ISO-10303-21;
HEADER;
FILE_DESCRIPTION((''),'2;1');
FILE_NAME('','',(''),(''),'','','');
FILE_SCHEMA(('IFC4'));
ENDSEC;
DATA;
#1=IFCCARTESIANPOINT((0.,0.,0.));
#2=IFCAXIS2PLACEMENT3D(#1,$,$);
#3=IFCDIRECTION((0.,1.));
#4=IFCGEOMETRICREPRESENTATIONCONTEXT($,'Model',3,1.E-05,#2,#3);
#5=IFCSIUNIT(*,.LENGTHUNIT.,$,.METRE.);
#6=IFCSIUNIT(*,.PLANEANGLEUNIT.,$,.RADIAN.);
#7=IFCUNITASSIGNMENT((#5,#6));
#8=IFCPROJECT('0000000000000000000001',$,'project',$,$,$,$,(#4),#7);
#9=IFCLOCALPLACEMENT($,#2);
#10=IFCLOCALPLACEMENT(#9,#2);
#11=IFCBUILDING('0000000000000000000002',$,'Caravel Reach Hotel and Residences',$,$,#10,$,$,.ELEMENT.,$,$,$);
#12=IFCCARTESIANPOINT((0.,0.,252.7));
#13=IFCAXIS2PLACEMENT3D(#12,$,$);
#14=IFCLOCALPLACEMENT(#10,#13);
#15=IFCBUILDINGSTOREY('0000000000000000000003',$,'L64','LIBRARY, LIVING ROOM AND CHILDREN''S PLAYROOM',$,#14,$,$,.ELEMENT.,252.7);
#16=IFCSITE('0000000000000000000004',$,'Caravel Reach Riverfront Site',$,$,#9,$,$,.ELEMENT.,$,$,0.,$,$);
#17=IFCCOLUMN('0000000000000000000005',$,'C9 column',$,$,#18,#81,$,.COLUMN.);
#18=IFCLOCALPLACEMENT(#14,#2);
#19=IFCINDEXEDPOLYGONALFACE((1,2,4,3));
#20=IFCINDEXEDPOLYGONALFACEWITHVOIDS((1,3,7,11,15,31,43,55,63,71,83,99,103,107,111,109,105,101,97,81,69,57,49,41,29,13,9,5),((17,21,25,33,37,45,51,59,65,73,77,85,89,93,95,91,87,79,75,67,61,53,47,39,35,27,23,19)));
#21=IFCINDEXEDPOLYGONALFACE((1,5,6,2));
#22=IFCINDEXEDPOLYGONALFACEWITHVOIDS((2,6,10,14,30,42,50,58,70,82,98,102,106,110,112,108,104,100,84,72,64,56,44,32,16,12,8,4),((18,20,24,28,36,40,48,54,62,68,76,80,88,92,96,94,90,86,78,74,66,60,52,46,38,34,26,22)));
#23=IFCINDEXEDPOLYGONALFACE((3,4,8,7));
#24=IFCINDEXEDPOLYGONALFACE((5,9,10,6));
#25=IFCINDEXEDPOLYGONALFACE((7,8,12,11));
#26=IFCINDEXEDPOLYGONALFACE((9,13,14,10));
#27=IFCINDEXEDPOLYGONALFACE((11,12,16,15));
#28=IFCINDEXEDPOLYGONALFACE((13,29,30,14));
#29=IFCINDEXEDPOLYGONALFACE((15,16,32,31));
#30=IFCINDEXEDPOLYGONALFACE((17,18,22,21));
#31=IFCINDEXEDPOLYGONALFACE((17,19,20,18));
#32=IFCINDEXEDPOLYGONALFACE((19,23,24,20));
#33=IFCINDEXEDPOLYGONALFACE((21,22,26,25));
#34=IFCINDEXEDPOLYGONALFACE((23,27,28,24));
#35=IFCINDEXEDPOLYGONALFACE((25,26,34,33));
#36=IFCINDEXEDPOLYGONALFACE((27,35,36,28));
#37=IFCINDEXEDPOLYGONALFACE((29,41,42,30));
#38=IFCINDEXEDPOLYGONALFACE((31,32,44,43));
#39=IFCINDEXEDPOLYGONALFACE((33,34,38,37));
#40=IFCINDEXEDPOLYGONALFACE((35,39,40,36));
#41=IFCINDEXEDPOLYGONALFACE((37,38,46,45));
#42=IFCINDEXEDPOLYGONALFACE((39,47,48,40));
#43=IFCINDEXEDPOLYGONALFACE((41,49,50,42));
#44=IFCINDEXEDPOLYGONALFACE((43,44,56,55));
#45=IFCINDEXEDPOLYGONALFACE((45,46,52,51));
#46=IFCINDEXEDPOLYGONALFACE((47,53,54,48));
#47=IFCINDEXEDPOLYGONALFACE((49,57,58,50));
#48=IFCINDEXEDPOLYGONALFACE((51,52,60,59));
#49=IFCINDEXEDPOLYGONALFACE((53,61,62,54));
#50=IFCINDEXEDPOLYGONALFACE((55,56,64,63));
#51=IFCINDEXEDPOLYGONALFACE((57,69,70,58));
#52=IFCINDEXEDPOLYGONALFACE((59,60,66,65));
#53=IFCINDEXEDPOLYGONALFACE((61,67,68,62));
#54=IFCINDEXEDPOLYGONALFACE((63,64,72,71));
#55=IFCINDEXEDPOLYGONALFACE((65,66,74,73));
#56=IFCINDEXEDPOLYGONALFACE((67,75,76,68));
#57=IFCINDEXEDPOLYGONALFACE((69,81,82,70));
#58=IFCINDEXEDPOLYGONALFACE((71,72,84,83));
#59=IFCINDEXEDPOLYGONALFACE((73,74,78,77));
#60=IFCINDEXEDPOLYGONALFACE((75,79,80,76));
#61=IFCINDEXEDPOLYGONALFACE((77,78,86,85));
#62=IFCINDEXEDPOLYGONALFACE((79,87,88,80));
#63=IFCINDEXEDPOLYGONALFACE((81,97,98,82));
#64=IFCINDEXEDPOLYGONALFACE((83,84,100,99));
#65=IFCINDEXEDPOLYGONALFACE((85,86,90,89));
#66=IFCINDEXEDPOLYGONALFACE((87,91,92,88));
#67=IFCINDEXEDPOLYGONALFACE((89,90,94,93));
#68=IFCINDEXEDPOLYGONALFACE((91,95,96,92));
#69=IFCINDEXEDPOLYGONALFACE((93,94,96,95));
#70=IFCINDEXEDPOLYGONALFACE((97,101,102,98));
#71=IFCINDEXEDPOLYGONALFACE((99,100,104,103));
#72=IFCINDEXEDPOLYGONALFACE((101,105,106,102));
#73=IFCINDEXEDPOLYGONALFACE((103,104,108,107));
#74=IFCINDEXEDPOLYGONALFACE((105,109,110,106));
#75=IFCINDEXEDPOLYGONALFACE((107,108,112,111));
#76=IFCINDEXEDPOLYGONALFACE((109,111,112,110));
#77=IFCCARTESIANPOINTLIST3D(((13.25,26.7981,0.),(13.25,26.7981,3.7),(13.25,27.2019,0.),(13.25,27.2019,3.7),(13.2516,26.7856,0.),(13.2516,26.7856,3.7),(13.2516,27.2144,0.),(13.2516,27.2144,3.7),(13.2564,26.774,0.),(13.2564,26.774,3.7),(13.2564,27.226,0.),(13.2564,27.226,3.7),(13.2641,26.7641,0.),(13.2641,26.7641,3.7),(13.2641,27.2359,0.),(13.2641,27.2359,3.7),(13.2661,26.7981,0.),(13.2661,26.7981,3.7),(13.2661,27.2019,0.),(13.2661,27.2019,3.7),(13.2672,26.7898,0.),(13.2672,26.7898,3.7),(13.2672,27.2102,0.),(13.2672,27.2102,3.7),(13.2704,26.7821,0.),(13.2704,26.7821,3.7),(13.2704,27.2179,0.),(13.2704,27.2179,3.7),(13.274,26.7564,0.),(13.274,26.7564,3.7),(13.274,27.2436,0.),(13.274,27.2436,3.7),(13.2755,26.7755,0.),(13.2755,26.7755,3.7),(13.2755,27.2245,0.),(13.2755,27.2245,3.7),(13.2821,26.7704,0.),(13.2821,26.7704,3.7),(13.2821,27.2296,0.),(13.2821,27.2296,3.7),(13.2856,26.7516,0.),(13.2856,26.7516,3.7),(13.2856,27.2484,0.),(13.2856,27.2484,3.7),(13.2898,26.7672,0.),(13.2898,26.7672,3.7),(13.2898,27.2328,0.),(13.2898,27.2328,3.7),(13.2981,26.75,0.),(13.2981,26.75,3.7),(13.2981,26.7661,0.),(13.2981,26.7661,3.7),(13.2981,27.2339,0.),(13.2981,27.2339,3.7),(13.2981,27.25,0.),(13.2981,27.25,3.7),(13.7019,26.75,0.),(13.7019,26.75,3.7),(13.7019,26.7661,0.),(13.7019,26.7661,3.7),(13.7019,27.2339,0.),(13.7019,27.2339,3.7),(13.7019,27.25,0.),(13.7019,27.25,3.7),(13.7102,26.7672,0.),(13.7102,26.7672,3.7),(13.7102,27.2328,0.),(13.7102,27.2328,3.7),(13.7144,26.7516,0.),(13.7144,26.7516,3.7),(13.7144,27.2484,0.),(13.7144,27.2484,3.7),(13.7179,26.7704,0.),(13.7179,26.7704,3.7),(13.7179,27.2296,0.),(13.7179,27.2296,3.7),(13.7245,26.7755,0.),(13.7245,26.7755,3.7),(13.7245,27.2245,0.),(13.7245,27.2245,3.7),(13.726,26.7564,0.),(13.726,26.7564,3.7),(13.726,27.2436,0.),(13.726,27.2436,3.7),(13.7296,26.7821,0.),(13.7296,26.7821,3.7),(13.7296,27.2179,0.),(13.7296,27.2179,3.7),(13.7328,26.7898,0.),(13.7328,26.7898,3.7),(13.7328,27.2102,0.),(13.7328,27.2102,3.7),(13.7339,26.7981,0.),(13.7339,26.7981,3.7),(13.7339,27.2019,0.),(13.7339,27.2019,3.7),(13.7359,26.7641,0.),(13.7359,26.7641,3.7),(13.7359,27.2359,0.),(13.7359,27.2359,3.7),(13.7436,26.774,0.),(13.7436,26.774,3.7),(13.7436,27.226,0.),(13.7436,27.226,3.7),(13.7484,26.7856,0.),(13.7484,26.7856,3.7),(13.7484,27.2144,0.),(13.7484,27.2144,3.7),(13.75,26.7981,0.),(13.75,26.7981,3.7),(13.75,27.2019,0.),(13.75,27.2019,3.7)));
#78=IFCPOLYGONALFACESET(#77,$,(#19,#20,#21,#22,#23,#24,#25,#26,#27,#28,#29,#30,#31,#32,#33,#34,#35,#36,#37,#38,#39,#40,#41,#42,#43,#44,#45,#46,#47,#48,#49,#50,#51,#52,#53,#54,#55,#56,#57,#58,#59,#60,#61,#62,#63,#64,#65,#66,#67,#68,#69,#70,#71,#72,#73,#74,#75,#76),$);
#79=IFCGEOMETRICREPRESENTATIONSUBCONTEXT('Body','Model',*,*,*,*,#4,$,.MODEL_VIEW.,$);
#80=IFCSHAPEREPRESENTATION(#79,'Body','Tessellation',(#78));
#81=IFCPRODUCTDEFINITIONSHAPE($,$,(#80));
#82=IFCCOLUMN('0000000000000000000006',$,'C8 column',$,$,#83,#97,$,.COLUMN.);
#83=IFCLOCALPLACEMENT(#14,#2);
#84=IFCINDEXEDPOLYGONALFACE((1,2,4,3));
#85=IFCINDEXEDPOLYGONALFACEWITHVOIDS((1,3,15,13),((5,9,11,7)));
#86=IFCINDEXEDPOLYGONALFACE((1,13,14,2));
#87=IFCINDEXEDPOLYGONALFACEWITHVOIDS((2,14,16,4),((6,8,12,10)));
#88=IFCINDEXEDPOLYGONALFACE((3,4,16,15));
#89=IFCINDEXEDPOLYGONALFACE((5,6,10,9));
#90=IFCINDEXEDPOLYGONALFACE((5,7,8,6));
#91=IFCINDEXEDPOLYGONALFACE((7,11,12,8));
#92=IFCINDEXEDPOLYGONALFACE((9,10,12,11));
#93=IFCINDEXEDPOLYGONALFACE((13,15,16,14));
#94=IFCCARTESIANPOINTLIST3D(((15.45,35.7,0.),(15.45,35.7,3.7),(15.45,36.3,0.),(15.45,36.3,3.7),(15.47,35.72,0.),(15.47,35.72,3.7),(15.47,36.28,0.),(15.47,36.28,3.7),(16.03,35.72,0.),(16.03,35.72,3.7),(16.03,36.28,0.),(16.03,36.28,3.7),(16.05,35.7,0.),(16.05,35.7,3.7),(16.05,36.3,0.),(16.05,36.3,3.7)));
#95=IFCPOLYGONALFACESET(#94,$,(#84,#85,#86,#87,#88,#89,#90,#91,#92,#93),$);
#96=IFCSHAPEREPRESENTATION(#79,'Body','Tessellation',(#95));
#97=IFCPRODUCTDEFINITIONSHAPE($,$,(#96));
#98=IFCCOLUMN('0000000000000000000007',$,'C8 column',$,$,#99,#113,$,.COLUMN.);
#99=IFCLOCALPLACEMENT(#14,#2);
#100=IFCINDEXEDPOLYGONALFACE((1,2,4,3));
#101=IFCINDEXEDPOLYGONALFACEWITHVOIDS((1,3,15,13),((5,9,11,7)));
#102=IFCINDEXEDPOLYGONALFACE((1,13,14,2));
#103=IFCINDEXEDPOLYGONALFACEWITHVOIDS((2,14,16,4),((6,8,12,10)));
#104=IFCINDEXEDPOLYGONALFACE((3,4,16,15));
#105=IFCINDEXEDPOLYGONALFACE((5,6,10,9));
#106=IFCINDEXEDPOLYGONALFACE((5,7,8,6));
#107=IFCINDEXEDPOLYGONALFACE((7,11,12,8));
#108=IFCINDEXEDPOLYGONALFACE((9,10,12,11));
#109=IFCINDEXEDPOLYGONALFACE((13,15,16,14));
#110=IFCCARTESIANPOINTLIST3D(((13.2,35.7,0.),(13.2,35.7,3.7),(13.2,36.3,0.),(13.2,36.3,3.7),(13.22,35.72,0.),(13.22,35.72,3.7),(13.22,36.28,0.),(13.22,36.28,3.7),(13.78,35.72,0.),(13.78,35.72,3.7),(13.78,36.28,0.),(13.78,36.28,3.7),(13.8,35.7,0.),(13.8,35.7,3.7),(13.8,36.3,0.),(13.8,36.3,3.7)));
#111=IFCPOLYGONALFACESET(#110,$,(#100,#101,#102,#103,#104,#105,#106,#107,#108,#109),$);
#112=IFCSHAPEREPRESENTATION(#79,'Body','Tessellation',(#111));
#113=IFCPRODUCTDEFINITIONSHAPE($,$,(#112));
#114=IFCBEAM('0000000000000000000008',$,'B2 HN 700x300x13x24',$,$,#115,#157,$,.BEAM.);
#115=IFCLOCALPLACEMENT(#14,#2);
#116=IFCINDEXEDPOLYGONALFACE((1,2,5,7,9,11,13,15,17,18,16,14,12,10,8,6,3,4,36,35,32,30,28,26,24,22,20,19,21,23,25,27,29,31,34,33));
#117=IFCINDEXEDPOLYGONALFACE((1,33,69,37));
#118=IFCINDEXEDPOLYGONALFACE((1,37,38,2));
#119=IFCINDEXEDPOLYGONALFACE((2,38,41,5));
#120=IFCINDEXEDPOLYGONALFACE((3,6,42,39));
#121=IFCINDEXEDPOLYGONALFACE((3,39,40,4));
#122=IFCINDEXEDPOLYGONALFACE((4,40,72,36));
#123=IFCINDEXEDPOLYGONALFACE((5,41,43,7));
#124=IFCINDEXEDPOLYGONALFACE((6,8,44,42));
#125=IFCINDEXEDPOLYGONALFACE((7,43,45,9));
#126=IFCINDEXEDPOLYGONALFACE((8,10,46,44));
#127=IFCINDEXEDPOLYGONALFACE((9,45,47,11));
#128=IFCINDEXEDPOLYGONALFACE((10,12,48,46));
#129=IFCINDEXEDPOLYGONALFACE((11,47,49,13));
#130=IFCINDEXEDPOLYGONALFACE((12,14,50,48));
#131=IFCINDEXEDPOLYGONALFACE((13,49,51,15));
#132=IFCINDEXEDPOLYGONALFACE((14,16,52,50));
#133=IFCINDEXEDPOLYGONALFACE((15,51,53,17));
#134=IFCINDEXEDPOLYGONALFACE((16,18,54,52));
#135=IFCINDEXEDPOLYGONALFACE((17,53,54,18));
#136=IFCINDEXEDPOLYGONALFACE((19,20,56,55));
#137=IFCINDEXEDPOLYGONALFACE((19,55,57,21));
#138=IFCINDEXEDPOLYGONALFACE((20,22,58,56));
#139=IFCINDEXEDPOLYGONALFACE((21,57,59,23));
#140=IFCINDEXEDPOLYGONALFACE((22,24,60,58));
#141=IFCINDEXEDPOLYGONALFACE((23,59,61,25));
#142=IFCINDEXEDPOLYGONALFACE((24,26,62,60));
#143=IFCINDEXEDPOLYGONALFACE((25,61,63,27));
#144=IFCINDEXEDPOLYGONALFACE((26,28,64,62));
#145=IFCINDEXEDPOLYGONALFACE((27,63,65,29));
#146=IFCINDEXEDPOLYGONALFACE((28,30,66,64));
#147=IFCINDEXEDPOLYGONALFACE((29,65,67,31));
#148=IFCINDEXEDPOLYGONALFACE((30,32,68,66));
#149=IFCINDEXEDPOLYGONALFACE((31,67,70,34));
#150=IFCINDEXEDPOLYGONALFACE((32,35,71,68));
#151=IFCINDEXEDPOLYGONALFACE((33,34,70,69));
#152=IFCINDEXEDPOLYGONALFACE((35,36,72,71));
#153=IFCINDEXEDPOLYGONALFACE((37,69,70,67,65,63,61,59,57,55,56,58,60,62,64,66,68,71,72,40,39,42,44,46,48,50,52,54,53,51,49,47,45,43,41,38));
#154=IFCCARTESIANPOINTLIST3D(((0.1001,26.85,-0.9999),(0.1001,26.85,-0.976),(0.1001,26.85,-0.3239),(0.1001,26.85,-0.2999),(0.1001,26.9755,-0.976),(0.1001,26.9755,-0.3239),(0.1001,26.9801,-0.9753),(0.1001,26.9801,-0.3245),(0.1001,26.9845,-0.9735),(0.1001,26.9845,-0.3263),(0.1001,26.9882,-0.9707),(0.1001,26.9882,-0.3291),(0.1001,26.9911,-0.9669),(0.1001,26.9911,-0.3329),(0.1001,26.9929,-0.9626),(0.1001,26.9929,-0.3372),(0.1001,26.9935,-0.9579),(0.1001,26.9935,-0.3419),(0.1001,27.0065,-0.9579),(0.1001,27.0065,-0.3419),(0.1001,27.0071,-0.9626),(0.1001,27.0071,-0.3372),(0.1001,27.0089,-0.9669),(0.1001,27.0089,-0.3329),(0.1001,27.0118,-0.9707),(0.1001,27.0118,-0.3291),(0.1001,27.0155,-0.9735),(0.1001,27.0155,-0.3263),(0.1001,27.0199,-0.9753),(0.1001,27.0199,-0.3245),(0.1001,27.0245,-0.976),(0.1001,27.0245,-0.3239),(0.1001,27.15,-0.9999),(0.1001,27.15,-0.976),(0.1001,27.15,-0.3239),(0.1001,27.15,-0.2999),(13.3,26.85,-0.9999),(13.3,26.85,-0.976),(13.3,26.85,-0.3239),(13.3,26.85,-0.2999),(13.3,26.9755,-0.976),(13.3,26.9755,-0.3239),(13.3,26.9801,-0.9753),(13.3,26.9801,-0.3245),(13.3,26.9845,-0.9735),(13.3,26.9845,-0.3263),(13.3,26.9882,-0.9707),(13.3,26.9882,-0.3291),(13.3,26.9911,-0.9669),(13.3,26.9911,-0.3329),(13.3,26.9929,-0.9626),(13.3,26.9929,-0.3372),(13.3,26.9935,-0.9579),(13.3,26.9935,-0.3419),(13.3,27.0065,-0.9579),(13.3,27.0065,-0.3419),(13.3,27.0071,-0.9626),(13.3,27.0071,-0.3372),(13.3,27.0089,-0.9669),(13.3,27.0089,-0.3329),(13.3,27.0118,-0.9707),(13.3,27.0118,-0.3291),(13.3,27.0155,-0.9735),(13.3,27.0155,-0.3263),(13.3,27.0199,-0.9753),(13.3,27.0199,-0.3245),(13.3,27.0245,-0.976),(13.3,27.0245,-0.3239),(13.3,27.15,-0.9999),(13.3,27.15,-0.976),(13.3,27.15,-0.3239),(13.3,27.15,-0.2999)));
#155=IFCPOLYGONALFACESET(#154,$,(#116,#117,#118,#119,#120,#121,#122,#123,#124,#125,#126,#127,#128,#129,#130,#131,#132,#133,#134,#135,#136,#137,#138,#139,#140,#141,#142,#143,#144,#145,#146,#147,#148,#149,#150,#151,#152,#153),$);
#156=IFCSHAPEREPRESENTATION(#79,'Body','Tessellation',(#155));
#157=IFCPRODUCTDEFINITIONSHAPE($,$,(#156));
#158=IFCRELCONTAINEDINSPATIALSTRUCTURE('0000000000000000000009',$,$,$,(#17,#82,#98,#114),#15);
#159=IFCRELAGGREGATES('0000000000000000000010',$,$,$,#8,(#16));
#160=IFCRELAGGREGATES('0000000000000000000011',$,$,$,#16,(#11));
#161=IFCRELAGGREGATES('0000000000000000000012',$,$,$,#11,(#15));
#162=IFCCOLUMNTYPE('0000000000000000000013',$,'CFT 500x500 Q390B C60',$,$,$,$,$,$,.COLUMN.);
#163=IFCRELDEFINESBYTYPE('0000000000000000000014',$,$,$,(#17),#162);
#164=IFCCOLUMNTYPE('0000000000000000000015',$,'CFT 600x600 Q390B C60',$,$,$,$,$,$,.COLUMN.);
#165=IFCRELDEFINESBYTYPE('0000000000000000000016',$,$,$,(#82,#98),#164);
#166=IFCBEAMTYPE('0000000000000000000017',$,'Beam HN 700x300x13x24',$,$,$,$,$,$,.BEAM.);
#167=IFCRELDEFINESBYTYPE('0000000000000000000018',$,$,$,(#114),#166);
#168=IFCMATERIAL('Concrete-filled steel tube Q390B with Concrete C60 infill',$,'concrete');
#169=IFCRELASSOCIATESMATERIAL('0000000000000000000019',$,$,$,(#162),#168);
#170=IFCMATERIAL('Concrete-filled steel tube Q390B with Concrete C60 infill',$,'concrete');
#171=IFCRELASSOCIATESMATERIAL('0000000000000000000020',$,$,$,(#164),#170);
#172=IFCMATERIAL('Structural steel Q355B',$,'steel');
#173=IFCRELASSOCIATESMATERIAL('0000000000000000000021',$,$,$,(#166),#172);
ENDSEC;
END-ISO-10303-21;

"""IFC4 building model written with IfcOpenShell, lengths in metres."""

from ifc_helpers import new_model, si_unit, direction, frame, origin, origin_2d, place, context, subcontext, project, spatial, hollow_rectangle, i_section, extrude, material, material_profile, profile_set, type_object, element, save


model = new_model("IFC4")

# Units and contexts
model_context = context("Model", 3, precision=1e-05, world=origin(), true_north=direction((0.0, 1.0)))
body_context = subcontext(model_context, "Body", "Model", "MODEL_VIEW")
ifc_project = project(units=[si_unit("LENGTHUNIT", "METRE"), si_unit("PLANEANGLEUNIT", "RADIAN")], contexts=[model_context])

# Site, building, storey
site_placement = place(None, origin())
site = spatial("IfcSite", under=ifc_project, at=site_placement, Name="Caravel Reach Riverfront Site", CompositionType="ELEMENT", RefElevation=0.0)
building_placement = place(site_placement, origin())
building = spatial("IfcBuilding", under=site, at=building_placement, Name="Caravel Reach Hotel and Residences", CompositionType="ELEMENT")
storey_placement = place(building_placement, frame((0.0, 0.0, 252.7)))
storey = spatial("IfcBuildingStorey", under=building, at=storey_placement, Name="L64", Description="LIBRARY, LIVING ROOM AND CHILDREN'S PLAYROOM", CompositionType="ELEMENT", Elevation=252.7)

# Columns
ifc_material_1 = material(Name="Concrete-filled steel tube Q390B with Concrete C60 infill", Category="concrete")
ifc_material_profile_1 = material_profile(ifc_material_1, hollow_rectangle(XDim=0.5, YDim=0.5, WallThickness=0.0161, InnerFilletRadius=0.032, OuterFilletRadius=0.0481, at=origin_2d()), Name="RHS 500x500x16")
ifc_profile_set_1 = profile_set([ifc_material_profile_1], Name="Concrete-filled steel tube Q390B with Concrete C60 infill")
column_type_1 = type_object("IfcColumnType", Name="CFT 500x500 Q390B C60", PredefinedType="COLUMN", material=ifc_profile_set_1)
column_placement = place(storey_placement, frame((13.5, 27.0, 0.0), z_axis=(0.0, 0.0, 1.0), x_axis=(1.0, 0.0, 0.0)))
element("IfcColumn", 1, at=column_placement, inside=storey, type_object=column_type_1, Name="C9 column", PredefinedType="COLUMN", context=body_context, shape_type="SweptSolid", body=[
    extrude(hollow_rectangle(XDim=0.5, YDim=0.5, WallThickness=0.0161, InnerFilletRadius=0.032, OuterFilletRadius=0.0481, at=origin_2d()), origin(), (0.0, 0.0, 1.0), 3.7),
])
ifc_material_2 = material(Name="Concrete-filled steel tube Q390B with Concrete C60 infill", Category="concrete")
ifc_material_profile_2 = material_profile(ifc_material_2, hollow_rectangle(XDim=0.6001, YDim=0.6001, WallThickness=0.02, at=origin_2d()), Name="RHS 600x600x20")
ifc_profile_set_2 = profile_set([ifc_material_profile_2], Name="Concrete-filled steel tube Q390B with Concrete C60 infill")
column_type_2 = type_object("IfcColumnType", Name="CFT 600x600 Q390B C60", PredefinedType="COLUMN", material=ifc_profile_set_2)
for number, where, z_axis, x_axis, name in (
    (2, (15.75, 36.0, 0.0), (0.0, 0.0, 1.0), (1.0, 0.0, 0.0), "C8 column"),
    (3, (13.5, 36.0, 0.0), (0.0, 0.0, 1.0), (1.0, 0.0, 0.0), "C8 column"),
):
    element("IfcColumn", number, at=place(storey_placement, frame(where, z_axis=z_axis, x_axis=x_axis)), inside=storey, type_object=column_type_2, Name=name, PredefinedType="COLUMN", context=body_context, shape_type="SweptSolid", body=[
        extrude(hollow_rectangle(XDim=0.6001, YDim=0.6001, WallThickness=0.02, at=origin_2d()), origin(), (0.0, 0.0, 1.0), 3.7),
    ])

# Beam
ifc_material_3 = material(Name="Structural steel Q355B", Category="steel")
ifc_material_profile_3 = material_profile(ifc_material_3, i_section(OverallWidth=0.3, OverallDepth=0.7, WebThickness=0.0129, FlangeThickness=0.0239, FilletRadius=0.0181, at=origin_2d()), Name="HN 700x300x13x24")
ifc_profile_set_3 = profile_set([ifc_material_profile_3], Name="Structural steel Q355B")
beam_type_1 = type_object("IfcBeamType", Name="Beam HN 700x300x13x24", PredefinedType="BEAM", material=ifc_profile_set_3)
beam_1_placement = place(storey_placement, frame((13.3, 27.0, -0.6499), z_axis=(-1.0, 0.0, 0.0), x_axis=(0.0, -1.0, 0.0)))
element("IfcBeam", 4, at=beam_1_placement, inside=storey, type_object=beam_type_1, Name="B2 HN 700x300x13x24", PredefinedType="BEAM", context=body_context, shape_type="SweptSolid", body=[
    extrude(i_section(OverallWidth=0.3, OverallDepth=0.7, WebThickness=0.0129, FlangeThickness=0.0239, FilletRadius=0.0181, at=origin_2d()), origin(), (0.0, 0.0, 1.0), 13.2),
])

save(model, "model.ifc")
